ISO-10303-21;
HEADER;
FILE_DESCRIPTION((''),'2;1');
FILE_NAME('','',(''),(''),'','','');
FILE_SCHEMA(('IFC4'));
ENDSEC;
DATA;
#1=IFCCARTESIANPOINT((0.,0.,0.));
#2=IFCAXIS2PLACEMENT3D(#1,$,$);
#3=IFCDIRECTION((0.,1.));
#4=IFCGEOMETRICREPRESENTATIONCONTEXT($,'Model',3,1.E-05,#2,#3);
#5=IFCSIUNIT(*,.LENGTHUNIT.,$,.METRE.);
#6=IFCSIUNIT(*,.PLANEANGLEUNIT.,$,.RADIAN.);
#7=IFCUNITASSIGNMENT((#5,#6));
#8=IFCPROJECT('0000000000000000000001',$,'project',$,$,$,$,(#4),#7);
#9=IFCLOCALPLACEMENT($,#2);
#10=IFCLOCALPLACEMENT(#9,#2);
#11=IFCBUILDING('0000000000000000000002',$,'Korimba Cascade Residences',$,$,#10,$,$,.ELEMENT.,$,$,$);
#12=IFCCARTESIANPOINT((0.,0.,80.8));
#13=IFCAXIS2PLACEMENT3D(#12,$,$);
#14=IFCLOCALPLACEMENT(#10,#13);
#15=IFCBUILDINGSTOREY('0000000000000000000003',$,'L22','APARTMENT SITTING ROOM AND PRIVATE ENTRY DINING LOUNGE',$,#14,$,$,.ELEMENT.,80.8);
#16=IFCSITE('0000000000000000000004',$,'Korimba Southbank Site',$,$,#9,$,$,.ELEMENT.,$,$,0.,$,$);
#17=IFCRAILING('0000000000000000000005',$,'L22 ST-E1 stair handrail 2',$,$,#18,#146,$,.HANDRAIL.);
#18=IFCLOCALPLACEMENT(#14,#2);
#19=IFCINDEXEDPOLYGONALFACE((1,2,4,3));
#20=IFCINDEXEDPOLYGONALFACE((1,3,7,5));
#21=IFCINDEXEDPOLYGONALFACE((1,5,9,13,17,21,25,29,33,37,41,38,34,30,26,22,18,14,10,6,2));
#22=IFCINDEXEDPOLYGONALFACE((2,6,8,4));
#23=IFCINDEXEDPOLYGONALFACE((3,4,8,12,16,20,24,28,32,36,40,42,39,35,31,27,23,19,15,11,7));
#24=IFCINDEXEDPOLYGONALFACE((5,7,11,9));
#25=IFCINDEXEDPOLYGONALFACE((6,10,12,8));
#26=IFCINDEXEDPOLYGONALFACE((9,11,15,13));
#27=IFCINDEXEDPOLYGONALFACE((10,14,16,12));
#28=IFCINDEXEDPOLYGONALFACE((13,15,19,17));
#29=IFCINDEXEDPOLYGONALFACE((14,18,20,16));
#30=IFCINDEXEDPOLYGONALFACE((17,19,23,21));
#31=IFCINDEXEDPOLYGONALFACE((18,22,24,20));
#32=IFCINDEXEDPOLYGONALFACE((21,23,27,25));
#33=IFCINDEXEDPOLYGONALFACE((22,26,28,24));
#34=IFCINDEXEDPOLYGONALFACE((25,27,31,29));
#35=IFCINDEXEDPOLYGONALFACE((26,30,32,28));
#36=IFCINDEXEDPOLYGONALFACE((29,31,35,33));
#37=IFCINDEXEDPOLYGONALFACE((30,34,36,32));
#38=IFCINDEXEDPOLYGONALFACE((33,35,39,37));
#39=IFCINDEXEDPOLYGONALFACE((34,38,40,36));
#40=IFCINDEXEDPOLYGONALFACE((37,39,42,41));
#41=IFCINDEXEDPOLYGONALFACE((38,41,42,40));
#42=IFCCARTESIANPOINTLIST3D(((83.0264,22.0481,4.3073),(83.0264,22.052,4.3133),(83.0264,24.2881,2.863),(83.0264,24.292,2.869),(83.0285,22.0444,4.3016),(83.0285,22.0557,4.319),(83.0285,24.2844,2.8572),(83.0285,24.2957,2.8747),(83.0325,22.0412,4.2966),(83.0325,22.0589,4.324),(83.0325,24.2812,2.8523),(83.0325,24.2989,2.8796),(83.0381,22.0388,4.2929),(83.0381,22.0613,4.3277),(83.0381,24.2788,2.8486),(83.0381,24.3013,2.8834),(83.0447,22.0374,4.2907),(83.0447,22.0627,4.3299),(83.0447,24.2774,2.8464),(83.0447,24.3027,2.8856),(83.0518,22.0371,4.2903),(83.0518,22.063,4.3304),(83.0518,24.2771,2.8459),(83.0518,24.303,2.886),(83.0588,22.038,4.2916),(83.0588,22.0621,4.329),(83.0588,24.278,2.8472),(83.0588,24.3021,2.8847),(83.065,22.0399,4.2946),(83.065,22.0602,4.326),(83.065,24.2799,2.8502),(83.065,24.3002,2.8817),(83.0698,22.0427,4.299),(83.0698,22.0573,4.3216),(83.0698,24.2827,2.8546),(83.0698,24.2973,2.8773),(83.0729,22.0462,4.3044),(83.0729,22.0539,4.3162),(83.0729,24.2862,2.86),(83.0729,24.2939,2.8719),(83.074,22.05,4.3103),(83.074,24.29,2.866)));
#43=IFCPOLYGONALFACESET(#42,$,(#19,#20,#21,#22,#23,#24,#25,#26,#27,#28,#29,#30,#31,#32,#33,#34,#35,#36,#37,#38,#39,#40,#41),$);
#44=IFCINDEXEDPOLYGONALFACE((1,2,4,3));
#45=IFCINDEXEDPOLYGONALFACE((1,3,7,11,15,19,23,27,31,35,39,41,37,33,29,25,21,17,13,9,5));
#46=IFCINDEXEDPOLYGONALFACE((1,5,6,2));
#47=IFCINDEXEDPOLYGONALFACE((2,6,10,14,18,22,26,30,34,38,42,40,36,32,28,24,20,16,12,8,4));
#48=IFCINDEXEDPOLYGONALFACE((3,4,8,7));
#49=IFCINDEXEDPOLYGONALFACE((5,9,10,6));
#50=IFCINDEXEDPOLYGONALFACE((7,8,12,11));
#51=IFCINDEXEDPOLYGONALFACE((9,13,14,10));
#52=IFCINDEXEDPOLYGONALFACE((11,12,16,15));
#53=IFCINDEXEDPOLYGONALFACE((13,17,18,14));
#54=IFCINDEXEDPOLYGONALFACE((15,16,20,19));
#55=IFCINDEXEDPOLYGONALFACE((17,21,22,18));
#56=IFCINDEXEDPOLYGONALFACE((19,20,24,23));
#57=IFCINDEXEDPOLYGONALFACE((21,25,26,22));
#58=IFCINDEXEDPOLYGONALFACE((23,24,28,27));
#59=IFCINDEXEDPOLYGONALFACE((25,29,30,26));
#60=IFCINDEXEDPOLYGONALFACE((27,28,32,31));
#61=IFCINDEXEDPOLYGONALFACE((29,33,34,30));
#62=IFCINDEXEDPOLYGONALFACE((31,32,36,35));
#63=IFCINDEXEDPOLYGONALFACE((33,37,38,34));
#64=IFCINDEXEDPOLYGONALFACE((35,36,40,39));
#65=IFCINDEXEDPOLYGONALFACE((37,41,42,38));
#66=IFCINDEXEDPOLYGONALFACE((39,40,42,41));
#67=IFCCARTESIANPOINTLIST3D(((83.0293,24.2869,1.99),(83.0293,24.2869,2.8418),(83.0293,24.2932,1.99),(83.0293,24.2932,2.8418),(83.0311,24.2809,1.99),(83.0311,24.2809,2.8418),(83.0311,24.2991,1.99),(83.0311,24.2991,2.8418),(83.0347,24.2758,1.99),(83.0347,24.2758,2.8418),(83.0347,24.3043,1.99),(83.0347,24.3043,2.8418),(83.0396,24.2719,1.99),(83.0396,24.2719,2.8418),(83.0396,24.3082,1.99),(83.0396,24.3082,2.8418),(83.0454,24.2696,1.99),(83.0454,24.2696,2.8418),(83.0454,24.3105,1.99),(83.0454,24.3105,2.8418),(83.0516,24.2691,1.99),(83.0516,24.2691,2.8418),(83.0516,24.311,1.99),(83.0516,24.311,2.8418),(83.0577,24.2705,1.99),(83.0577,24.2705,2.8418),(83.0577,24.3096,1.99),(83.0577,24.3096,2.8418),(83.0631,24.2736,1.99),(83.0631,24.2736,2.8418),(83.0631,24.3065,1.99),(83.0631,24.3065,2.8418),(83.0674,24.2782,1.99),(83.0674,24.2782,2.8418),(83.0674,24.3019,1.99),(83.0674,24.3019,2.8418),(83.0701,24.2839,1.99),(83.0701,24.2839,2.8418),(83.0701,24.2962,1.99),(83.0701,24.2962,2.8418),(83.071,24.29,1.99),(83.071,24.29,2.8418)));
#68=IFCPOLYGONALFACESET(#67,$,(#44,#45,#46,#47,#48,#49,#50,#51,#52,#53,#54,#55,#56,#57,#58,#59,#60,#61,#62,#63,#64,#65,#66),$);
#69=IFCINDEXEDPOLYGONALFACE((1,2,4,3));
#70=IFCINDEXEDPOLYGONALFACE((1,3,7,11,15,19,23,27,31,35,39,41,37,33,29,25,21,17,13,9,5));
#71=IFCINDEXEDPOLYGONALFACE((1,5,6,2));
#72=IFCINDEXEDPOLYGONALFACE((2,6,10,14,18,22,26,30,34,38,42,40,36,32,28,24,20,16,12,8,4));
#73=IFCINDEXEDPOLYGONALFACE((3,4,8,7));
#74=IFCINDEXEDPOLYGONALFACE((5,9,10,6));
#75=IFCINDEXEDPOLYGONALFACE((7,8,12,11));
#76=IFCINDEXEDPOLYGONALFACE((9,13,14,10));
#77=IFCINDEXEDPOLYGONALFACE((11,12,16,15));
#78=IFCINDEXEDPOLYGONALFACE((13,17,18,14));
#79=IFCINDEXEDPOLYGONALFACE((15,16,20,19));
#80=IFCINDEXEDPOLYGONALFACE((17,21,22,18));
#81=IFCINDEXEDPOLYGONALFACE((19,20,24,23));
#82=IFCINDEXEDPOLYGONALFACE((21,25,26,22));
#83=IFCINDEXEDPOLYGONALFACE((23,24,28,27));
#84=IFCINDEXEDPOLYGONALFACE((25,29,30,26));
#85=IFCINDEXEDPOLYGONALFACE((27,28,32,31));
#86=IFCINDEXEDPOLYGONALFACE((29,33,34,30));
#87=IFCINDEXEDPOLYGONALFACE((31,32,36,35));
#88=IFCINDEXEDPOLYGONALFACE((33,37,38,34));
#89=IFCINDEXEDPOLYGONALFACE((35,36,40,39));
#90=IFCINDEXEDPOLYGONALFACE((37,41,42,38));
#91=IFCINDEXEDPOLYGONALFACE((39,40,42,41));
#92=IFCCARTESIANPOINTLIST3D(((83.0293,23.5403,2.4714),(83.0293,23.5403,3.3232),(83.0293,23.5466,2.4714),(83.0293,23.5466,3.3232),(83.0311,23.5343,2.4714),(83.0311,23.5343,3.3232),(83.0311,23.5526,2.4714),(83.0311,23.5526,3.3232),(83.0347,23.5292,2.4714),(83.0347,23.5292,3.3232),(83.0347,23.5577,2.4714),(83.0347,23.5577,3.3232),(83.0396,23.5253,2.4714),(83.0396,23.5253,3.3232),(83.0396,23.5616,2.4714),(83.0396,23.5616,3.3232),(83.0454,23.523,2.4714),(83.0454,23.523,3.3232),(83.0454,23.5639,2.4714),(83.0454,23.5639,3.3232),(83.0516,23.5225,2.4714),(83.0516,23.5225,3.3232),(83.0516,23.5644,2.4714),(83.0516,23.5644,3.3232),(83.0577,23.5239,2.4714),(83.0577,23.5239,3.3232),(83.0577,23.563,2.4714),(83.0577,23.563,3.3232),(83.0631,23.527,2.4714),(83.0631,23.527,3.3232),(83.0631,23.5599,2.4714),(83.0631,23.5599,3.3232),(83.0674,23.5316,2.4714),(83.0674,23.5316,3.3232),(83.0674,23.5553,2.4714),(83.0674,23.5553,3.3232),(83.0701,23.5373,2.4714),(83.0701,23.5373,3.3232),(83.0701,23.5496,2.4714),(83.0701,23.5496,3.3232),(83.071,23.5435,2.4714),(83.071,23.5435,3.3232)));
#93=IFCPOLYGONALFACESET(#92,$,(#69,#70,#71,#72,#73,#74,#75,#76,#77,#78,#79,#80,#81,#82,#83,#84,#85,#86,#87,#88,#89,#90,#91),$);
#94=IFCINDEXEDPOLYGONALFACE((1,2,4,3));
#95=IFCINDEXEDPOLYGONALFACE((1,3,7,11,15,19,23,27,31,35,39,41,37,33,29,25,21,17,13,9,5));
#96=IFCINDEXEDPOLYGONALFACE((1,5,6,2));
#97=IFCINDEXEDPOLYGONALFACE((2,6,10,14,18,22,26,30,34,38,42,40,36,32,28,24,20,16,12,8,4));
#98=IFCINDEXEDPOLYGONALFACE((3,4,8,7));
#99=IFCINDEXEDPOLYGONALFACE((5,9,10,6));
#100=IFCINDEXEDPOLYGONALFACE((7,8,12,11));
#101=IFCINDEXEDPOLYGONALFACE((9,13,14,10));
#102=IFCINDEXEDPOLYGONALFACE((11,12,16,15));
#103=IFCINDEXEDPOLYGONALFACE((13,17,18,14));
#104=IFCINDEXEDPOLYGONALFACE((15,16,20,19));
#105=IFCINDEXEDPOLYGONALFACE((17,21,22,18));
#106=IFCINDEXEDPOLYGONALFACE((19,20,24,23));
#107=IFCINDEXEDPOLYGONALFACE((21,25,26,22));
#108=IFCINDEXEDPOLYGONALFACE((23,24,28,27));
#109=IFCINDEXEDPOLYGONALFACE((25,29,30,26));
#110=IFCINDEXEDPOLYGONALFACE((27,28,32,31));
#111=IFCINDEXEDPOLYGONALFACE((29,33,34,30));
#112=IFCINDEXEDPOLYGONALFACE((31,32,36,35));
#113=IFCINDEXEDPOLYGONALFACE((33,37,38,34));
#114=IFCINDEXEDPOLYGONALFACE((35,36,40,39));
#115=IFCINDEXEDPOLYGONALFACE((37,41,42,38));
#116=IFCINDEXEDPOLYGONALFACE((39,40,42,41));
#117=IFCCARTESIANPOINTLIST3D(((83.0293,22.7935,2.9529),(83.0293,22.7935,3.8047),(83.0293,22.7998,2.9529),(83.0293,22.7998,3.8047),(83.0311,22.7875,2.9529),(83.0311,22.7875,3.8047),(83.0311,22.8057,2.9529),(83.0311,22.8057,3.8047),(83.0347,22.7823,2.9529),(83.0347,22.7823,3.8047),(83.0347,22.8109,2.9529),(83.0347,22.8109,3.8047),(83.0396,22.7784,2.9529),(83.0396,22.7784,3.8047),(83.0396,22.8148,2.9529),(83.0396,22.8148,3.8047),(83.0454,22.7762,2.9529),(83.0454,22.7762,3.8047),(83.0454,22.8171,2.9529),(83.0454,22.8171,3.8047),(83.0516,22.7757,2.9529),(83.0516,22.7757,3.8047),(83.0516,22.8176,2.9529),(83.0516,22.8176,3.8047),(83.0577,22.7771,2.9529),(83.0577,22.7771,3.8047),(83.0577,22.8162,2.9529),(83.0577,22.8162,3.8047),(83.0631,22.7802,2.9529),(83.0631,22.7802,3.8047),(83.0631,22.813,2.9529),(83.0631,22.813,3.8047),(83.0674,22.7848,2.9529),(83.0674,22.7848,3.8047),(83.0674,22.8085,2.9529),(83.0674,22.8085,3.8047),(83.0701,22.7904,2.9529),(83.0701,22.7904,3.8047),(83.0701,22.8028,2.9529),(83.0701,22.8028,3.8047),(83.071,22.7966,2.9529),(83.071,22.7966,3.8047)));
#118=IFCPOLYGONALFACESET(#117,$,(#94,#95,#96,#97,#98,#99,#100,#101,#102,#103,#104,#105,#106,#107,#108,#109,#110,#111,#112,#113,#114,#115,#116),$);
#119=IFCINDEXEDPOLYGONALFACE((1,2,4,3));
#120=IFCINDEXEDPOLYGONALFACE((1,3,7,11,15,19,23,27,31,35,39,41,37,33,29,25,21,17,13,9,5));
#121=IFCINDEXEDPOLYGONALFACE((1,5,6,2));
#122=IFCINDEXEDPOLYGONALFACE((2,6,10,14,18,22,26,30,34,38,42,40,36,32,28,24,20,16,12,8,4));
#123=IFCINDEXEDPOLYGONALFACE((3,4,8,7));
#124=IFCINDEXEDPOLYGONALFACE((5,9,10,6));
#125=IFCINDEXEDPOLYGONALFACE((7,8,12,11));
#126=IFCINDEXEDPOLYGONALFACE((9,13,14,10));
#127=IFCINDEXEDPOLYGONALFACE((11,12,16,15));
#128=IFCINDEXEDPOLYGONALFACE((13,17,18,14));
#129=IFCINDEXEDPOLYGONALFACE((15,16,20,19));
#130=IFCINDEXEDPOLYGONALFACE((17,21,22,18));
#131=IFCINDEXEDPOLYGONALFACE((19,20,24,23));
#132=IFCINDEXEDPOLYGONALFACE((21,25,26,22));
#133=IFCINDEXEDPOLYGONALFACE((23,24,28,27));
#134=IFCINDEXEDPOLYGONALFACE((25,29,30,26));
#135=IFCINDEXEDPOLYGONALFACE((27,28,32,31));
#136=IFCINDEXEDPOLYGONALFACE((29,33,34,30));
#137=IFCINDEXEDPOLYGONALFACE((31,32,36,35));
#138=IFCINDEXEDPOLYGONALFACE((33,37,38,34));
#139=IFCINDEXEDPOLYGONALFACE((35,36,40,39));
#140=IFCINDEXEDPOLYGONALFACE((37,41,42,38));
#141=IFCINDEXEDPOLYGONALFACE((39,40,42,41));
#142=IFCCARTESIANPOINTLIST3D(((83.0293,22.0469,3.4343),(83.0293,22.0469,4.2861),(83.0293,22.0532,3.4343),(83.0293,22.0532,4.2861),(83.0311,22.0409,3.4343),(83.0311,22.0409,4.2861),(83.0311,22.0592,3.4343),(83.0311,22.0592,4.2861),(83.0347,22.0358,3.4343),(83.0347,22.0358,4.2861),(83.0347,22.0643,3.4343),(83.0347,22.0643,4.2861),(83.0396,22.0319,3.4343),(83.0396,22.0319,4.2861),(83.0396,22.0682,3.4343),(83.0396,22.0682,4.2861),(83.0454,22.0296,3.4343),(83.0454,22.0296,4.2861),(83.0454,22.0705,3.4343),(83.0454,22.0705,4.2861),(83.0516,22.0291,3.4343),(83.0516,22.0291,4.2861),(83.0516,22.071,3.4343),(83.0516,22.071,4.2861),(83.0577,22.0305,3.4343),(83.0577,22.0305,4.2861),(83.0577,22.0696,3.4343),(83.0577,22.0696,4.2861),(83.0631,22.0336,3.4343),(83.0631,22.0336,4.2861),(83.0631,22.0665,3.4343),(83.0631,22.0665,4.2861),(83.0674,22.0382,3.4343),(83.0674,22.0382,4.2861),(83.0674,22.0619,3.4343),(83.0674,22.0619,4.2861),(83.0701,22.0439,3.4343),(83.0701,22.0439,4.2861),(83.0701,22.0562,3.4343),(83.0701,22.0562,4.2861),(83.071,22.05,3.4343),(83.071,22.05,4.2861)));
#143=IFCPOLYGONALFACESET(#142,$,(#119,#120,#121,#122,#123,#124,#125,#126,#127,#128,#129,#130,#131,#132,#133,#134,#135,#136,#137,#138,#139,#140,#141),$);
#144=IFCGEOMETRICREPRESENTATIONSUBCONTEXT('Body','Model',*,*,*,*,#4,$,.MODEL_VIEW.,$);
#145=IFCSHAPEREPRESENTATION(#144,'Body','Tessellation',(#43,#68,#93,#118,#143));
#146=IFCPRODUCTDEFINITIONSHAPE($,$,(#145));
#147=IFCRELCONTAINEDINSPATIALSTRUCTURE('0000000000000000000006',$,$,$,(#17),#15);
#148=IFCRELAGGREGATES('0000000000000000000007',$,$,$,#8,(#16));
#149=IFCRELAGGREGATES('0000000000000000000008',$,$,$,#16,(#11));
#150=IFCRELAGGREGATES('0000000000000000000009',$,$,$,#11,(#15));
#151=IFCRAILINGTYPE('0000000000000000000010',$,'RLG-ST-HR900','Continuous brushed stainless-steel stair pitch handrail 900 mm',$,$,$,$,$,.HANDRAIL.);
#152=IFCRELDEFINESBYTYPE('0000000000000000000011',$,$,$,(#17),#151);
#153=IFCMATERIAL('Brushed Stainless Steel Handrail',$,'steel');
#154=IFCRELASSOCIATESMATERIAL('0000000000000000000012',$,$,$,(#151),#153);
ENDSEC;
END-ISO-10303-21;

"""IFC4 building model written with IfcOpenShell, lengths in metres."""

from ifc_helpers import new_model, si_unit, direction, frame, origin, origin_2d, place, context, subcontext, project, spatial, circle, extrude, material, type_object, element, save


model = new_model("IFC4")

# Units and contexts
model_context = context("Model", 3, precision=1e-05, world=origin(), true_north=direction((0.0, 1.0)))
body_context = subcontext(model_context, "Body", "Model", "MODEL_VIEW")
ifc_project = project(units=[si_unit("LENGTHUNIT", "METRE"), si_unit("PLANEANGLEUNIT", "RADIAN")], contexts=[model_context])

# Site, building, storey
site_placement = place(None, origin())
site = spatial("IfcSite", under=ifc_project, at=site_placement, Name="Korimba Southbank Site", CompositionType="ELEMENT", RefElevation=0.0)
building_placement = place(site_placement, origin())
building = spatial("IfcBuilding", under=site, at=building_placement, Name="Korimba Cascade Residences", CompositionType="ELEMENT")
storey_placement = place(building_placement, frame((0.0, 0.0, 80.8)))
storey = spatial("IfcBuildingStorey", under=building, at=storey_placement, Name="L22", Description="APARTMENT SITTING ROOM AND PRIVATE ENTRY DINING LOUNGE", CompositionType="ELEMENT", Elevation=80.8)

# Railing
ifc_material_1 = material(Name="Brushed Stainless Steel Handrail", Category="steel")
railing_type_1 = type_object("IfcRailingType", Name="RLG-ST-HR900", Description="Continuous brushed stainless-steel stair pitch handrail 900 mm", PredefinedType="HANDRAIL", material=ifc_material_1)
railing_1_placement = place(storey_placement, frame((83.05, 24.29, 1.99)))
element("IfcRailing", 1, at=railing_1_placement, inside=storey, type_object=railing_type_1, Name="L22 ST-E1 stair handrail 2", PredefinedType="HANDRAIL", context=body_context, shape_type="SweptSolid", body=[
    extrude(circle(Radius=0.0239, at=origin_2d()), frame((0.0, 0.0, 0.876), z_axis=(0.0, -0.840437, 0.54191), x_axis=(1.0, 0.0, 0.0)), (0.0, 0.0, 1.0), 2.6653),
    extrude(circle(Radius=0.021, at=origin_2d()), origin(), (0.0, 0.0, 1.0), 0.8518),
    extrude(circle(Radius=0.021, at=origin_2d()), frame((0.0, -0.7466, 0.4814)), (0.0, 0.0, 1.0), 0.8518),
    extrude(circle(Radius=0.021, at=origin_2d()), frame((0.0, -1.4934, 0.9629)), (0.0, 0.0, 1.0), 0.8518),
    extrude(circle(Radius=0.021, at=origin_2d()), frame((0.0, -2.24, 1.4443)), (0.0, 0.0, 1.0), 0.8518),
])

save(model, "model.ifc")
